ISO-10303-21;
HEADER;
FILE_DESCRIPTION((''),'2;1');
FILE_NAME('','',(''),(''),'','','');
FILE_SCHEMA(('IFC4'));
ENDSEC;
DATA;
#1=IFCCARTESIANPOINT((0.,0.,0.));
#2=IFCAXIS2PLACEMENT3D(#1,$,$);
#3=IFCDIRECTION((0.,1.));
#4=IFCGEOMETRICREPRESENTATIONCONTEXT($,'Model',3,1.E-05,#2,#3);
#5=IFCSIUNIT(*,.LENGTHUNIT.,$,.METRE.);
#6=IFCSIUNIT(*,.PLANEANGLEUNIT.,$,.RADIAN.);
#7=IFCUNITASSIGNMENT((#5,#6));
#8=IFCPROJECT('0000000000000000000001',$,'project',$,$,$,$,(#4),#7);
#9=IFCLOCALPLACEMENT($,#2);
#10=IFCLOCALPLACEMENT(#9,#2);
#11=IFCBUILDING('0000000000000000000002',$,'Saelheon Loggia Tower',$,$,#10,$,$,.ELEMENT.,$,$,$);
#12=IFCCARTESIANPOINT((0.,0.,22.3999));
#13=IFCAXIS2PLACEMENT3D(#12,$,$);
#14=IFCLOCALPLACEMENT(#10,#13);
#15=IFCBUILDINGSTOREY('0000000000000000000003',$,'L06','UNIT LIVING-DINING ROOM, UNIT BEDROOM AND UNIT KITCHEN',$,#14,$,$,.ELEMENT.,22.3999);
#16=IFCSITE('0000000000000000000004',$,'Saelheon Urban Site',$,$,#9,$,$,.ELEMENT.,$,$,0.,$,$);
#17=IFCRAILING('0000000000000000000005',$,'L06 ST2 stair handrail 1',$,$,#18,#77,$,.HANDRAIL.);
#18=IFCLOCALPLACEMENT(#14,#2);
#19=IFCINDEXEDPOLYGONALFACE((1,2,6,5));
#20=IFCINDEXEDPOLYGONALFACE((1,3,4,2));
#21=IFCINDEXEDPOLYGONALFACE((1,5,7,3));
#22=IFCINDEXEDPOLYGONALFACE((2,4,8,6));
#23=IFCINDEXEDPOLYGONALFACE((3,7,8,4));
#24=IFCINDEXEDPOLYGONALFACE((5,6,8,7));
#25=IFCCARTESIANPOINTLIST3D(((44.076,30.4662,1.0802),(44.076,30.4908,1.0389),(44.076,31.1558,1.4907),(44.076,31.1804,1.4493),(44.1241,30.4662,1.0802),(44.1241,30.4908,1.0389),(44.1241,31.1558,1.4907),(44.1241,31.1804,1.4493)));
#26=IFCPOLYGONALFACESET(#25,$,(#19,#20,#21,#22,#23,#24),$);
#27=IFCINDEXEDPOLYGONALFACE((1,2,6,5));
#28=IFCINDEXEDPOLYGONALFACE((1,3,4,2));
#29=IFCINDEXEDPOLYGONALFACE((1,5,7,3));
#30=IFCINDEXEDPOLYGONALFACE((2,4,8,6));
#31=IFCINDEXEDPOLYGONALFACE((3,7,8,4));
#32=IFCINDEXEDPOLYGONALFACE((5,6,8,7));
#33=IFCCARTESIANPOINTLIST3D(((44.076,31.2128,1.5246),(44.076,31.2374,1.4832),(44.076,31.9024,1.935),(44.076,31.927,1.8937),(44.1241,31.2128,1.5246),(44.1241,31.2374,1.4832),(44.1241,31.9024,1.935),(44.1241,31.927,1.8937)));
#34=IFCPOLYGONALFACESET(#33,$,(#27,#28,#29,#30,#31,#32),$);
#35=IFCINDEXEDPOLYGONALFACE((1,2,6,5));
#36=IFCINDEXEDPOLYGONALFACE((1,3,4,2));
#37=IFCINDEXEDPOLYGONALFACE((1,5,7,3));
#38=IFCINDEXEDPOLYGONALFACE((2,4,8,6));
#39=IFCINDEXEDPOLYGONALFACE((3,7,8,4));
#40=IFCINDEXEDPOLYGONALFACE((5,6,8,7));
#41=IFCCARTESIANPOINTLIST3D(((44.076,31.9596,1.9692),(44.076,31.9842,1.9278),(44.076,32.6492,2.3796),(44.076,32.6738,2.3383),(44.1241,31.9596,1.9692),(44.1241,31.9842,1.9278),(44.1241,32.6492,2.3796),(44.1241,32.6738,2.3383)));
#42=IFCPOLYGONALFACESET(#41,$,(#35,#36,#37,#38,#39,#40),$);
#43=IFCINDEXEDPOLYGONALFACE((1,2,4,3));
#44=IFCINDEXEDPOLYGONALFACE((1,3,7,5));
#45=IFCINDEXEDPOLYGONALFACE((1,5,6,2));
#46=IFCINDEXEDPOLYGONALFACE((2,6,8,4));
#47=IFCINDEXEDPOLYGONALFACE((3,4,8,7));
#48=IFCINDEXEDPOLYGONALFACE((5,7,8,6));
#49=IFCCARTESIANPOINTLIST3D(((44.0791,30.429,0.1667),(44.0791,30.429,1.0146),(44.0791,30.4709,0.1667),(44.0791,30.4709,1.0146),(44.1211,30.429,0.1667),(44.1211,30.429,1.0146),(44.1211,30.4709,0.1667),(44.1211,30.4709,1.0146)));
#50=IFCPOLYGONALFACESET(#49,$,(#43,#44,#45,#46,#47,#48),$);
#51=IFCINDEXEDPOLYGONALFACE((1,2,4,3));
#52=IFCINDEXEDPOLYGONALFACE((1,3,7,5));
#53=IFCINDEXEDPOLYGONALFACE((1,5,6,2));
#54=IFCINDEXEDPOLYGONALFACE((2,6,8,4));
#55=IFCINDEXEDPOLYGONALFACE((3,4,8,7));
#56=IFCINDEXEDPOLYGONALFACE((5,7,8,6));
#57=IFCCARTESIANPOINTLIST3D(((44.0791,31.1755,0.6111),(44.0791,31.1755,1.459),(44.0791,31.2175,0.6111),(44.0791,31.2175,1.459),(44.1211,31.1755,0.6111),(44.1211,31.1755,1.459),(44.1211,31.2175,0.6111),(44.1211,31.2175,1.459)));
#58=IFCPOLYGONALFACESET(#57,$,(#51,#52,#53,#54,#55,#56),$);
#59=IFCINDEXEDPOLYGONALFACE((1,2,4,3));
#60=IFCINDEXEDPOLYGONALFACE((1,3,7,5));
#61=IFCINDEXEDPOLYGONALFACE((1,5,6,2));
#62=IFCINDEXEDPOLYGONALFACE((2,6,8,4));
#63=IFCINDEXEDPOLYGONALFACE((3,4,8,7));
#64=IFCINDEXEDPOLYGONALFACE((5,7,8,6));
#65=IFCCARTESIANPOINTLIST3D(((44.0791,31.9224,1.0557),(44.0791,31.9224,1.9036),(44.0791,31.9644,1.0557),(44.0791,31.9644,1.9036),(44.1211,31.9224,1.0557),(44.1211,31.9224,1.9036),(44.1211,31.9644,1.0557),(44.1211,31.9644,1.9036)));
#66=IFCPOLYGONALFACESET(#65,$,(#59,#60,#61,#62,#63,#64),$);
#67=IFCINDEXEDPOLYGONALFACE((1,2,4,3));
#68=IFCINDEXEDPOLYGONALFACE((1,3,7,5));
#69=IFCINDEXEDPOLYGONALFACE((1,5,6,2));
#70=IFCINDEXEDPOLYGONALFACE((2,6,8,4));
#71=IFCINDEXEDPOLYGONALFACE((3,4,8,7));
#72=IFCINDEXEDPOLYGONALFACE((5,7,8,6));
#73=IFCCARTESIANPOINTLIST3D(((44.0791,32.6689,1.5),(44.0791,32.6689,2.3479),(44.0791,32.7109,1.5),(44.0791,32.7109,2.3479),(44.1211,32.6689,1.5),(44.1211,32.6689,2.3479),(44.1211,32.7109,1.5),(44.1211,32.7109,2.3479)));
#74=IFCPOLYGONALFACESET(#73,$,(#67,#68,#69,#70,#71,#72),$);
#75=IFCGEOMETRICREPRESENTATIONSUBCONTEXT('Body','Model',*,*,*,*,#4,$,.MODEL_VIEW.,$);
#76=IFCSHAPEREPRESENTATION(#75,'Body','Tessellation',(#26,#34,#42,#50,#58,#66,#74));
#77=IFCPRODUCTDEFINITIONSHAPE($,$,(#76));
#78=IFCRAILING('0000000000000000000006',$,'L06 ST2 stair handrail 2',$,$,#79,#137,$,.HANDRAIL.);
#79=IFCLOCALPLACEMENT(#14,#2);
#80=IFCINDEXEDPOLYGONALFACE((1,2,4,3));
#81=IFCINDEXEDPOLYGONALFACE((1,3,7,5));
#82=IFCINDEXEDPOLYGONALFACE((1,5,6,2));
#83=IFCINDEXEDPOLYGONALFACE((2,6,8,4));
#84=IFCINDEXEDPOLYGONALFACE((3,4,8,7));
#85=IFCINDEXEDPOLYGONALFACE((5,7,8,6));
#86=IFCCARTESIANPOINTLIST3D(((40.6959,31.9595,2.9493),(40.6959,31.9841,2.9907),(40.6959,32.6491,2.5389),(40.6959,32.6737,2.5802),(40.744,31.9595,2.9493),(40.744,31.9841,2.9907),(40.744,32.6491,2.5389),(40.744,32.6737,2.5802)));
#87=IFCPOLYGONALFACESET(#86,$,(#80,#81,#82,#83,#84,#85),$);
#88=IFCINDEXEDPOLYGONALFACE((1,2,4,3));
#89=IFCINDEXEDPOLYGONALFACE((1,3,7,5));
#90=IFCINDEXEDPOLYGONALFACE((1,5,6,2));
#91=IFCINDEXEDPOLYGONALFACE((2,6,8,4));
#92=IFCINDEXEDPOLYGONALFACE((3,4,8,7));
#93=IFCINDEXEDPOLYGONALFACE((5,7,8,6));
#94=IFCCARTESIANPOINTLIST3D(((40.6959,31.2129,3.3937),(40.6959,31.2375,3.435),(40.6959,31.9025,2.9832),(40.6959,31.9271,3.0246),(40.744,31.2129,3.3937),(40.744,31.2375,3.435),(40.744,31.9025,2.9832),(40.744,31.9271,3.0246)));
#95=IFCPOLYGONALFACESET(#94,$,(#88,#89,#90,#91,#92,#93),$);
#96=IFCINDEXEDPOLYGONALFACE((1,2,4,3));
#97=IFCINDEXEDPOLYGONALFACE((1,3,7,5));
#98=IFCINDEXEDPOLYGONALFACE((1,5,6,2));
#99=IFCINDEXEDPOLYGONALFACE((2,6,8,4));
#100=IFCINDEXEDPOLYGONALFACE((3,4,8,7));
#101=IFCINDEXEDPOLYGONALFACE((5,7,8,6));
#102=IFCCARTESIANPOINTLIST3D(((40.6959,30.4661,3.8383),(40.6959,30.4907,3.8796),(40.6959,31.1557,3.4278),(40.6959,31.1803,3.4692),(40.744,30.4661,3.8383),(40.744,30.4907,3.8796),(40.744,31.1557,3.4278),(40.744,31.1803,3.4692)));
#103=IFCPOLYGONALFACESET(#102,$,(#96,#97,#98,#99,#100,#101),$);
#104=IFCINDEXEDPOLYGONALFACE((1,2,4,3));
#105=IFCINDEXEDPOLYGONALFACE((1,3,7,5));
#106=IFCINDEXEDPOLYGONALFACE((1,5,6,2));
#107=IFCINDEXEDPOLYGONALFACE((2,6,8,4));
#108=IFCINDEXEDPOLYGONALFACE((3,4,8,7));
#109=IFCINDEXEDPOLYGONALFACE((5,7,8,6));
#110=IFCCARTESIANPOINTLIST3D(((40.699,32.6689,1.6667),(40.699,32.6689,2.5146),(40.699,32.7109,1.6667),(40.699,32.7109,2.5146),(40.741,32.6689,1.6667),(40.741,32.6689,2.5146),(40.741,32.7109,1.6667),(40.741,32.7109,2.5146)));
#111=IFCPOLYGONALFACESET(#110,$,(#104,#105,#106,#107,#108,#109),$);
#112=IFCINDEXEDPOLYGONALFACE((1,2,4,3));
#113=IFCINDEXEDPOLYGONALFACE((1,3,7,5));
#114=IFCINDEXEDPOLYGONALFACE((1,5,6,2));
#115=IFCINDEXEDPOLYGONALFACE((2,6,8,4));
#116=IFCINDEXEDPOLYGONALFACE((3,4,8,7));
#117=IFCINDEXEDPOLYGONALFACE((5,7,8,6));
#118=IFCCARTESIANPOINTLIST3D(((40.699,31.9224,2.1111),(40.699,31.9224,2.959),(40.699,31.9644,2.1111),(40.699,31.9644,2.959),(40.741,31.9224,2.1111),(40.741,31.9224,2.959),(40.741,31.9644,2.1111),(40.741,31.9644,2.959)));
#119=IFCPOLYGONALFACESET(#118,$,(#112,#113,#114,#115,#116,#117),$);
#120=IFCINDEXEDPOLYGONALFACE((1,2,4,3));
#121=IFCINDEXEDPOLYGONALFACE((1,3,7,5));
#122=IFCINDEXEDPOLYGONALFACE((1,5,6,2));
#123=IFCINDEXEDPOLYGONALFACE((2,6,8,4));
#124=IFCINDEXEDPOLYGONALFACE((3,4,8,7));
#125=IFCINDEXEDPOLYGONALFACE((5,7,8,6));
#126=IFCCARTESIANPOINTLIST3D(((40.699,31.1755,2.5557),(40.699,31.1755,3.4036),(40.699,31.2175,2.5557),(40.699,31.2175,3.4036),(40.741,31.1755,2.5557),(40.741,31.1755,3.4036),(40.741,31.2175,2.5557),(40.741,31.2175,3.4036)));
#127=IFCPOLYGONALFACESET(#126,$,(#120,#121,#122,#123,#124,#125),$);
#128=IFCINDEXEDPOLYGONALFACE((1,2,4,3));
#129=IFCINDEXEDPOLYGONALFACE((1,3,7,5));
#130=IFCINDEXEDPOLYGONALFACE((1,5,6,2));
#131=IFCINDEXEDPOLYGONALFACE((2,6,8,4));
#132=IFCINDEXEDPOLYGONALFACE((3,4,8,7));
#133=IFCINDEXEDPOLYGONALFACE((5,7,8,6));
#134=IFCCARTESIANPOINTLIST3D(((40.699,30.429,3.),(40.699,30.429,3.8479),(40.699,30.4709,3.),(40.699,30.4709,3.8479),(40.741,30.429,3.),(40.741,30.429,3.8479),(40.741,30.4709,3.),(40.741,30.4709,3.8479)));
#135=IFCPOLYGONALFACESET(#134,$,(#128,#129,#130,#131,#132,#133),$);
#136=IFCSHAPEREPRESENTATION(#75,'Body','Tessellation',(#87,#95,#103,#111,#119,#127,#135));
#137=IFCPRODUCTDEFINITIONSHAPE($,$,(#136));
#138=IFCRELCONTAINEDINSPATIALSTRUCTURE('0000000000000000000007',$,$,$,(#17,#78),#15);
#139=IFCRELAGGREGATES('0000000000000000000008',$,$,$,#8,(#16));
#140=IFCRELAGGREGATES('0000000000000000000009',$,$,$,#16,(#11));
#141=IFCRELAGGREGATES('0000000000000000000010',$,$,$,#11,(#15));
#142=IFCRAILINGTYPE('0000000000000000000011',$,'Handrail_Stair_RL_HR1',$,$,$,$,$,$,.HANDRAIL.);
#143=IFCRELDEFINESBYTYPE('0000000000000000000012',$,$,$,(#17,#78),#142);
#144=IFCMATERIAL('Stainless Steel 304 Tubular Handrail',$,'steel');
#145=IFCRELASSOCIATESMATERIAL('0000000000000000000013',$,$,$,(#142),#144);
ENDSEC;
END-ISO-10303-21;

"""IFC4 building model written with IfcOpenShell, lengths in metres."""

from ifc_helpers import new_model, si_unit, direction, frame, origin, origin_2d, place, context, subcontext, project, spatial, rectangle, extrude, material, type_object, element, save


model = new_model("IFC4")

# Units and contexts
model_context = context("Model", 3, precision=1e-05, world=origin(), true_north=direction((0.0, 1.0)))
body_context = subcontext(model_context, "Body", "Model", "MODEL_VIEW")
ifc_project = project(units=[si_unit("LENGTHUNIT", "METRE"), si_unit("PLANEANGLEUNIT", "RADIAN")], contexts=[model_context])

# Site, building, storey
site_placement = place(None, origin())
site = spatial("IfcSite", under=ifc_project, at=site_placement, Name="Saelheon Urban Site", CompositionType="ELEMENT", RefElevation=0.0)
building_placement = place(site_placement, origin())
building = spatial("IfcBuilding", under=site, at=building_placement, Name="Saelheon Loggia Tower", CompositionType="ELEMENT")
storey_placement = place(building_placement, frame((0.0, 0.0, 22.3999)))
storey = spatial("IfcBuildingStorey", under=building, at=storey_placement, Name="L06", Description="UNIT LIVING-DINING ROOM, UNIT BEDROOM AND UNIT KITCHEN", CompositionType="ELEMENT", Elevation=22.3999)

# Railings
ifc_material_1 = material(Name="Stainless Steel 304 Tubular Handrail", Category="steel")
railing_type_1 = type_object("IfcRailingType", Name="Handrail_Stair_RL_HR1", PredefinedType="HANDRAIL", material=ifc_material_1)
railing_1_placement = place(storey_placement, frame((44.1001, 30.45, 0.1667)))
element("IfcRailing", 1, at=railing_1_placement, inside=storey, type_object=railing_type_1, Name="L06 ST2 stair handrail 1", PredefinedType="HANDRAIL", context=body_context, shape_type="SweptSolid", body=[
    extrude(rectangle(XDim=0.0481, YDim=0.0481, at=origin_2d()), frame((0.0, 0.0286, 0.8928), z_axis=(0.0, 0.859306, 0.511462), x_axis=(-1.0, 0.0, 0.0)), (0.0, 0.0, 1.0), 0.8025),
    extrude(rectangle(XDim=0.0481, YDim=0.0481, at=origin_2d()), frame((0.0, 0.7751, 1.3372), z_axis=(0.0, 0.859306, 0.511462), x_axis=(-1.0, 0.0, 0.0)), (0.0, 0.0, 1.0), 0.8025),
    extrude(rectangle(XDim=0.0481, YDim=0.0481, at=origin_2d()), frame((0.0, 1.522, 1.7817), z_axis=(0.0, 0.859306, 0.511462), x_axis=(-1.0, 0.0, 0.0)), (0.0, 0.0, 1.0), 0.8025),
    extrude(rectangle(XDim=0.042, YDim=0.042, at=origin_2d()), origin(), (0.0, 0.0, 1.0), 0.8479),
    extrude(rectangle(XDim=0.042, YDim=0.042, at=origin_2d()), frame((0.0, 0.7466, 0.4443)), (0.0, 0.0, 1.0), 0.8479),
    extrude(rectangle(XDim=0.042, YDim=0.042, at=origin_2d()), frame((0.0, 1.4934, 0.8889)), (0.0, 0.0, 1.0), 0.8479),
    extrude(rectangle(XDim=0.042, YDim=0.042, at=origin_2d()), frame((0.0, 2.24, 1.3333)), (0.0, 0.0, 1.0), 0.8479),
])
railing_2_placement = place(storey_placement, frame((40.72, 32.6899, 1.6667)))
element("IfcRailing", 2, at=railing_2_placement, inside=storey, type_object=railing_type_1, Name="L06 ST2 stair handrail 2", PredefinedType="HANDRAIL", context=body_context, shape_type="SweptSolid", body=[
    extrude(rectangle(XDim=0.0481, YDim=0.0481, at=origin_2d()), frame((0.0, -0.0286, 0.8928), z_axis=(0.0, -0.859306, 0.511462), x_axis=(1.0, 0.0, 0.0)), (0.0, 0.0, 1.0), 0.8025),
    extrude(rectangle(XDim=0.0481, YDim=0.0481, at=origin_2d()), frame((0.0, -0.7751, 1.3372), z_axis=(0.0, -0.859306, 0.511462), x_axis=(1.0, 0.0, 0.0)), (0.0, 0.0, 1.0), 0.8025),
    extrude(rectangle(XDim=0.0481, YDim=0.0481, at=origin_2d()), frame((0.0, -1.522, 1.7817), z_axis=(0.0, -0.859306, 0.511462), x_axis=(1.0, 0.0, 0.0)), (0.0, 0.0, 1.0), 0.8025),
    extrude(rectangle(XDim=0.042, YDim=0.042, at=origin_2d()), origin(), (0.0, 0.0, 1.0), 0.8479),
    extrude(rectangle(XDim=0.042, YDim=0.042, at=origin_2d()), frame((0.0, -0.7466, 0.4443)), (0.0, 0.0, 1.0), 0.8479),
    extrude(rectangle(XDim=0.042, YDim=0.042, at=origin_2d()), frame((0.0, -1.4934, 0.8889)), (0.0, 0.0, 1.0), 0.8479),
    extrude(rectangle(XDim=0.042, YDim=0.042, at=origin_2d()), frame((0.0, -2.24, 1.3333)), (0.0, 0.0, 1.0), 0.8479),
])

save(model, "model.ifc")
